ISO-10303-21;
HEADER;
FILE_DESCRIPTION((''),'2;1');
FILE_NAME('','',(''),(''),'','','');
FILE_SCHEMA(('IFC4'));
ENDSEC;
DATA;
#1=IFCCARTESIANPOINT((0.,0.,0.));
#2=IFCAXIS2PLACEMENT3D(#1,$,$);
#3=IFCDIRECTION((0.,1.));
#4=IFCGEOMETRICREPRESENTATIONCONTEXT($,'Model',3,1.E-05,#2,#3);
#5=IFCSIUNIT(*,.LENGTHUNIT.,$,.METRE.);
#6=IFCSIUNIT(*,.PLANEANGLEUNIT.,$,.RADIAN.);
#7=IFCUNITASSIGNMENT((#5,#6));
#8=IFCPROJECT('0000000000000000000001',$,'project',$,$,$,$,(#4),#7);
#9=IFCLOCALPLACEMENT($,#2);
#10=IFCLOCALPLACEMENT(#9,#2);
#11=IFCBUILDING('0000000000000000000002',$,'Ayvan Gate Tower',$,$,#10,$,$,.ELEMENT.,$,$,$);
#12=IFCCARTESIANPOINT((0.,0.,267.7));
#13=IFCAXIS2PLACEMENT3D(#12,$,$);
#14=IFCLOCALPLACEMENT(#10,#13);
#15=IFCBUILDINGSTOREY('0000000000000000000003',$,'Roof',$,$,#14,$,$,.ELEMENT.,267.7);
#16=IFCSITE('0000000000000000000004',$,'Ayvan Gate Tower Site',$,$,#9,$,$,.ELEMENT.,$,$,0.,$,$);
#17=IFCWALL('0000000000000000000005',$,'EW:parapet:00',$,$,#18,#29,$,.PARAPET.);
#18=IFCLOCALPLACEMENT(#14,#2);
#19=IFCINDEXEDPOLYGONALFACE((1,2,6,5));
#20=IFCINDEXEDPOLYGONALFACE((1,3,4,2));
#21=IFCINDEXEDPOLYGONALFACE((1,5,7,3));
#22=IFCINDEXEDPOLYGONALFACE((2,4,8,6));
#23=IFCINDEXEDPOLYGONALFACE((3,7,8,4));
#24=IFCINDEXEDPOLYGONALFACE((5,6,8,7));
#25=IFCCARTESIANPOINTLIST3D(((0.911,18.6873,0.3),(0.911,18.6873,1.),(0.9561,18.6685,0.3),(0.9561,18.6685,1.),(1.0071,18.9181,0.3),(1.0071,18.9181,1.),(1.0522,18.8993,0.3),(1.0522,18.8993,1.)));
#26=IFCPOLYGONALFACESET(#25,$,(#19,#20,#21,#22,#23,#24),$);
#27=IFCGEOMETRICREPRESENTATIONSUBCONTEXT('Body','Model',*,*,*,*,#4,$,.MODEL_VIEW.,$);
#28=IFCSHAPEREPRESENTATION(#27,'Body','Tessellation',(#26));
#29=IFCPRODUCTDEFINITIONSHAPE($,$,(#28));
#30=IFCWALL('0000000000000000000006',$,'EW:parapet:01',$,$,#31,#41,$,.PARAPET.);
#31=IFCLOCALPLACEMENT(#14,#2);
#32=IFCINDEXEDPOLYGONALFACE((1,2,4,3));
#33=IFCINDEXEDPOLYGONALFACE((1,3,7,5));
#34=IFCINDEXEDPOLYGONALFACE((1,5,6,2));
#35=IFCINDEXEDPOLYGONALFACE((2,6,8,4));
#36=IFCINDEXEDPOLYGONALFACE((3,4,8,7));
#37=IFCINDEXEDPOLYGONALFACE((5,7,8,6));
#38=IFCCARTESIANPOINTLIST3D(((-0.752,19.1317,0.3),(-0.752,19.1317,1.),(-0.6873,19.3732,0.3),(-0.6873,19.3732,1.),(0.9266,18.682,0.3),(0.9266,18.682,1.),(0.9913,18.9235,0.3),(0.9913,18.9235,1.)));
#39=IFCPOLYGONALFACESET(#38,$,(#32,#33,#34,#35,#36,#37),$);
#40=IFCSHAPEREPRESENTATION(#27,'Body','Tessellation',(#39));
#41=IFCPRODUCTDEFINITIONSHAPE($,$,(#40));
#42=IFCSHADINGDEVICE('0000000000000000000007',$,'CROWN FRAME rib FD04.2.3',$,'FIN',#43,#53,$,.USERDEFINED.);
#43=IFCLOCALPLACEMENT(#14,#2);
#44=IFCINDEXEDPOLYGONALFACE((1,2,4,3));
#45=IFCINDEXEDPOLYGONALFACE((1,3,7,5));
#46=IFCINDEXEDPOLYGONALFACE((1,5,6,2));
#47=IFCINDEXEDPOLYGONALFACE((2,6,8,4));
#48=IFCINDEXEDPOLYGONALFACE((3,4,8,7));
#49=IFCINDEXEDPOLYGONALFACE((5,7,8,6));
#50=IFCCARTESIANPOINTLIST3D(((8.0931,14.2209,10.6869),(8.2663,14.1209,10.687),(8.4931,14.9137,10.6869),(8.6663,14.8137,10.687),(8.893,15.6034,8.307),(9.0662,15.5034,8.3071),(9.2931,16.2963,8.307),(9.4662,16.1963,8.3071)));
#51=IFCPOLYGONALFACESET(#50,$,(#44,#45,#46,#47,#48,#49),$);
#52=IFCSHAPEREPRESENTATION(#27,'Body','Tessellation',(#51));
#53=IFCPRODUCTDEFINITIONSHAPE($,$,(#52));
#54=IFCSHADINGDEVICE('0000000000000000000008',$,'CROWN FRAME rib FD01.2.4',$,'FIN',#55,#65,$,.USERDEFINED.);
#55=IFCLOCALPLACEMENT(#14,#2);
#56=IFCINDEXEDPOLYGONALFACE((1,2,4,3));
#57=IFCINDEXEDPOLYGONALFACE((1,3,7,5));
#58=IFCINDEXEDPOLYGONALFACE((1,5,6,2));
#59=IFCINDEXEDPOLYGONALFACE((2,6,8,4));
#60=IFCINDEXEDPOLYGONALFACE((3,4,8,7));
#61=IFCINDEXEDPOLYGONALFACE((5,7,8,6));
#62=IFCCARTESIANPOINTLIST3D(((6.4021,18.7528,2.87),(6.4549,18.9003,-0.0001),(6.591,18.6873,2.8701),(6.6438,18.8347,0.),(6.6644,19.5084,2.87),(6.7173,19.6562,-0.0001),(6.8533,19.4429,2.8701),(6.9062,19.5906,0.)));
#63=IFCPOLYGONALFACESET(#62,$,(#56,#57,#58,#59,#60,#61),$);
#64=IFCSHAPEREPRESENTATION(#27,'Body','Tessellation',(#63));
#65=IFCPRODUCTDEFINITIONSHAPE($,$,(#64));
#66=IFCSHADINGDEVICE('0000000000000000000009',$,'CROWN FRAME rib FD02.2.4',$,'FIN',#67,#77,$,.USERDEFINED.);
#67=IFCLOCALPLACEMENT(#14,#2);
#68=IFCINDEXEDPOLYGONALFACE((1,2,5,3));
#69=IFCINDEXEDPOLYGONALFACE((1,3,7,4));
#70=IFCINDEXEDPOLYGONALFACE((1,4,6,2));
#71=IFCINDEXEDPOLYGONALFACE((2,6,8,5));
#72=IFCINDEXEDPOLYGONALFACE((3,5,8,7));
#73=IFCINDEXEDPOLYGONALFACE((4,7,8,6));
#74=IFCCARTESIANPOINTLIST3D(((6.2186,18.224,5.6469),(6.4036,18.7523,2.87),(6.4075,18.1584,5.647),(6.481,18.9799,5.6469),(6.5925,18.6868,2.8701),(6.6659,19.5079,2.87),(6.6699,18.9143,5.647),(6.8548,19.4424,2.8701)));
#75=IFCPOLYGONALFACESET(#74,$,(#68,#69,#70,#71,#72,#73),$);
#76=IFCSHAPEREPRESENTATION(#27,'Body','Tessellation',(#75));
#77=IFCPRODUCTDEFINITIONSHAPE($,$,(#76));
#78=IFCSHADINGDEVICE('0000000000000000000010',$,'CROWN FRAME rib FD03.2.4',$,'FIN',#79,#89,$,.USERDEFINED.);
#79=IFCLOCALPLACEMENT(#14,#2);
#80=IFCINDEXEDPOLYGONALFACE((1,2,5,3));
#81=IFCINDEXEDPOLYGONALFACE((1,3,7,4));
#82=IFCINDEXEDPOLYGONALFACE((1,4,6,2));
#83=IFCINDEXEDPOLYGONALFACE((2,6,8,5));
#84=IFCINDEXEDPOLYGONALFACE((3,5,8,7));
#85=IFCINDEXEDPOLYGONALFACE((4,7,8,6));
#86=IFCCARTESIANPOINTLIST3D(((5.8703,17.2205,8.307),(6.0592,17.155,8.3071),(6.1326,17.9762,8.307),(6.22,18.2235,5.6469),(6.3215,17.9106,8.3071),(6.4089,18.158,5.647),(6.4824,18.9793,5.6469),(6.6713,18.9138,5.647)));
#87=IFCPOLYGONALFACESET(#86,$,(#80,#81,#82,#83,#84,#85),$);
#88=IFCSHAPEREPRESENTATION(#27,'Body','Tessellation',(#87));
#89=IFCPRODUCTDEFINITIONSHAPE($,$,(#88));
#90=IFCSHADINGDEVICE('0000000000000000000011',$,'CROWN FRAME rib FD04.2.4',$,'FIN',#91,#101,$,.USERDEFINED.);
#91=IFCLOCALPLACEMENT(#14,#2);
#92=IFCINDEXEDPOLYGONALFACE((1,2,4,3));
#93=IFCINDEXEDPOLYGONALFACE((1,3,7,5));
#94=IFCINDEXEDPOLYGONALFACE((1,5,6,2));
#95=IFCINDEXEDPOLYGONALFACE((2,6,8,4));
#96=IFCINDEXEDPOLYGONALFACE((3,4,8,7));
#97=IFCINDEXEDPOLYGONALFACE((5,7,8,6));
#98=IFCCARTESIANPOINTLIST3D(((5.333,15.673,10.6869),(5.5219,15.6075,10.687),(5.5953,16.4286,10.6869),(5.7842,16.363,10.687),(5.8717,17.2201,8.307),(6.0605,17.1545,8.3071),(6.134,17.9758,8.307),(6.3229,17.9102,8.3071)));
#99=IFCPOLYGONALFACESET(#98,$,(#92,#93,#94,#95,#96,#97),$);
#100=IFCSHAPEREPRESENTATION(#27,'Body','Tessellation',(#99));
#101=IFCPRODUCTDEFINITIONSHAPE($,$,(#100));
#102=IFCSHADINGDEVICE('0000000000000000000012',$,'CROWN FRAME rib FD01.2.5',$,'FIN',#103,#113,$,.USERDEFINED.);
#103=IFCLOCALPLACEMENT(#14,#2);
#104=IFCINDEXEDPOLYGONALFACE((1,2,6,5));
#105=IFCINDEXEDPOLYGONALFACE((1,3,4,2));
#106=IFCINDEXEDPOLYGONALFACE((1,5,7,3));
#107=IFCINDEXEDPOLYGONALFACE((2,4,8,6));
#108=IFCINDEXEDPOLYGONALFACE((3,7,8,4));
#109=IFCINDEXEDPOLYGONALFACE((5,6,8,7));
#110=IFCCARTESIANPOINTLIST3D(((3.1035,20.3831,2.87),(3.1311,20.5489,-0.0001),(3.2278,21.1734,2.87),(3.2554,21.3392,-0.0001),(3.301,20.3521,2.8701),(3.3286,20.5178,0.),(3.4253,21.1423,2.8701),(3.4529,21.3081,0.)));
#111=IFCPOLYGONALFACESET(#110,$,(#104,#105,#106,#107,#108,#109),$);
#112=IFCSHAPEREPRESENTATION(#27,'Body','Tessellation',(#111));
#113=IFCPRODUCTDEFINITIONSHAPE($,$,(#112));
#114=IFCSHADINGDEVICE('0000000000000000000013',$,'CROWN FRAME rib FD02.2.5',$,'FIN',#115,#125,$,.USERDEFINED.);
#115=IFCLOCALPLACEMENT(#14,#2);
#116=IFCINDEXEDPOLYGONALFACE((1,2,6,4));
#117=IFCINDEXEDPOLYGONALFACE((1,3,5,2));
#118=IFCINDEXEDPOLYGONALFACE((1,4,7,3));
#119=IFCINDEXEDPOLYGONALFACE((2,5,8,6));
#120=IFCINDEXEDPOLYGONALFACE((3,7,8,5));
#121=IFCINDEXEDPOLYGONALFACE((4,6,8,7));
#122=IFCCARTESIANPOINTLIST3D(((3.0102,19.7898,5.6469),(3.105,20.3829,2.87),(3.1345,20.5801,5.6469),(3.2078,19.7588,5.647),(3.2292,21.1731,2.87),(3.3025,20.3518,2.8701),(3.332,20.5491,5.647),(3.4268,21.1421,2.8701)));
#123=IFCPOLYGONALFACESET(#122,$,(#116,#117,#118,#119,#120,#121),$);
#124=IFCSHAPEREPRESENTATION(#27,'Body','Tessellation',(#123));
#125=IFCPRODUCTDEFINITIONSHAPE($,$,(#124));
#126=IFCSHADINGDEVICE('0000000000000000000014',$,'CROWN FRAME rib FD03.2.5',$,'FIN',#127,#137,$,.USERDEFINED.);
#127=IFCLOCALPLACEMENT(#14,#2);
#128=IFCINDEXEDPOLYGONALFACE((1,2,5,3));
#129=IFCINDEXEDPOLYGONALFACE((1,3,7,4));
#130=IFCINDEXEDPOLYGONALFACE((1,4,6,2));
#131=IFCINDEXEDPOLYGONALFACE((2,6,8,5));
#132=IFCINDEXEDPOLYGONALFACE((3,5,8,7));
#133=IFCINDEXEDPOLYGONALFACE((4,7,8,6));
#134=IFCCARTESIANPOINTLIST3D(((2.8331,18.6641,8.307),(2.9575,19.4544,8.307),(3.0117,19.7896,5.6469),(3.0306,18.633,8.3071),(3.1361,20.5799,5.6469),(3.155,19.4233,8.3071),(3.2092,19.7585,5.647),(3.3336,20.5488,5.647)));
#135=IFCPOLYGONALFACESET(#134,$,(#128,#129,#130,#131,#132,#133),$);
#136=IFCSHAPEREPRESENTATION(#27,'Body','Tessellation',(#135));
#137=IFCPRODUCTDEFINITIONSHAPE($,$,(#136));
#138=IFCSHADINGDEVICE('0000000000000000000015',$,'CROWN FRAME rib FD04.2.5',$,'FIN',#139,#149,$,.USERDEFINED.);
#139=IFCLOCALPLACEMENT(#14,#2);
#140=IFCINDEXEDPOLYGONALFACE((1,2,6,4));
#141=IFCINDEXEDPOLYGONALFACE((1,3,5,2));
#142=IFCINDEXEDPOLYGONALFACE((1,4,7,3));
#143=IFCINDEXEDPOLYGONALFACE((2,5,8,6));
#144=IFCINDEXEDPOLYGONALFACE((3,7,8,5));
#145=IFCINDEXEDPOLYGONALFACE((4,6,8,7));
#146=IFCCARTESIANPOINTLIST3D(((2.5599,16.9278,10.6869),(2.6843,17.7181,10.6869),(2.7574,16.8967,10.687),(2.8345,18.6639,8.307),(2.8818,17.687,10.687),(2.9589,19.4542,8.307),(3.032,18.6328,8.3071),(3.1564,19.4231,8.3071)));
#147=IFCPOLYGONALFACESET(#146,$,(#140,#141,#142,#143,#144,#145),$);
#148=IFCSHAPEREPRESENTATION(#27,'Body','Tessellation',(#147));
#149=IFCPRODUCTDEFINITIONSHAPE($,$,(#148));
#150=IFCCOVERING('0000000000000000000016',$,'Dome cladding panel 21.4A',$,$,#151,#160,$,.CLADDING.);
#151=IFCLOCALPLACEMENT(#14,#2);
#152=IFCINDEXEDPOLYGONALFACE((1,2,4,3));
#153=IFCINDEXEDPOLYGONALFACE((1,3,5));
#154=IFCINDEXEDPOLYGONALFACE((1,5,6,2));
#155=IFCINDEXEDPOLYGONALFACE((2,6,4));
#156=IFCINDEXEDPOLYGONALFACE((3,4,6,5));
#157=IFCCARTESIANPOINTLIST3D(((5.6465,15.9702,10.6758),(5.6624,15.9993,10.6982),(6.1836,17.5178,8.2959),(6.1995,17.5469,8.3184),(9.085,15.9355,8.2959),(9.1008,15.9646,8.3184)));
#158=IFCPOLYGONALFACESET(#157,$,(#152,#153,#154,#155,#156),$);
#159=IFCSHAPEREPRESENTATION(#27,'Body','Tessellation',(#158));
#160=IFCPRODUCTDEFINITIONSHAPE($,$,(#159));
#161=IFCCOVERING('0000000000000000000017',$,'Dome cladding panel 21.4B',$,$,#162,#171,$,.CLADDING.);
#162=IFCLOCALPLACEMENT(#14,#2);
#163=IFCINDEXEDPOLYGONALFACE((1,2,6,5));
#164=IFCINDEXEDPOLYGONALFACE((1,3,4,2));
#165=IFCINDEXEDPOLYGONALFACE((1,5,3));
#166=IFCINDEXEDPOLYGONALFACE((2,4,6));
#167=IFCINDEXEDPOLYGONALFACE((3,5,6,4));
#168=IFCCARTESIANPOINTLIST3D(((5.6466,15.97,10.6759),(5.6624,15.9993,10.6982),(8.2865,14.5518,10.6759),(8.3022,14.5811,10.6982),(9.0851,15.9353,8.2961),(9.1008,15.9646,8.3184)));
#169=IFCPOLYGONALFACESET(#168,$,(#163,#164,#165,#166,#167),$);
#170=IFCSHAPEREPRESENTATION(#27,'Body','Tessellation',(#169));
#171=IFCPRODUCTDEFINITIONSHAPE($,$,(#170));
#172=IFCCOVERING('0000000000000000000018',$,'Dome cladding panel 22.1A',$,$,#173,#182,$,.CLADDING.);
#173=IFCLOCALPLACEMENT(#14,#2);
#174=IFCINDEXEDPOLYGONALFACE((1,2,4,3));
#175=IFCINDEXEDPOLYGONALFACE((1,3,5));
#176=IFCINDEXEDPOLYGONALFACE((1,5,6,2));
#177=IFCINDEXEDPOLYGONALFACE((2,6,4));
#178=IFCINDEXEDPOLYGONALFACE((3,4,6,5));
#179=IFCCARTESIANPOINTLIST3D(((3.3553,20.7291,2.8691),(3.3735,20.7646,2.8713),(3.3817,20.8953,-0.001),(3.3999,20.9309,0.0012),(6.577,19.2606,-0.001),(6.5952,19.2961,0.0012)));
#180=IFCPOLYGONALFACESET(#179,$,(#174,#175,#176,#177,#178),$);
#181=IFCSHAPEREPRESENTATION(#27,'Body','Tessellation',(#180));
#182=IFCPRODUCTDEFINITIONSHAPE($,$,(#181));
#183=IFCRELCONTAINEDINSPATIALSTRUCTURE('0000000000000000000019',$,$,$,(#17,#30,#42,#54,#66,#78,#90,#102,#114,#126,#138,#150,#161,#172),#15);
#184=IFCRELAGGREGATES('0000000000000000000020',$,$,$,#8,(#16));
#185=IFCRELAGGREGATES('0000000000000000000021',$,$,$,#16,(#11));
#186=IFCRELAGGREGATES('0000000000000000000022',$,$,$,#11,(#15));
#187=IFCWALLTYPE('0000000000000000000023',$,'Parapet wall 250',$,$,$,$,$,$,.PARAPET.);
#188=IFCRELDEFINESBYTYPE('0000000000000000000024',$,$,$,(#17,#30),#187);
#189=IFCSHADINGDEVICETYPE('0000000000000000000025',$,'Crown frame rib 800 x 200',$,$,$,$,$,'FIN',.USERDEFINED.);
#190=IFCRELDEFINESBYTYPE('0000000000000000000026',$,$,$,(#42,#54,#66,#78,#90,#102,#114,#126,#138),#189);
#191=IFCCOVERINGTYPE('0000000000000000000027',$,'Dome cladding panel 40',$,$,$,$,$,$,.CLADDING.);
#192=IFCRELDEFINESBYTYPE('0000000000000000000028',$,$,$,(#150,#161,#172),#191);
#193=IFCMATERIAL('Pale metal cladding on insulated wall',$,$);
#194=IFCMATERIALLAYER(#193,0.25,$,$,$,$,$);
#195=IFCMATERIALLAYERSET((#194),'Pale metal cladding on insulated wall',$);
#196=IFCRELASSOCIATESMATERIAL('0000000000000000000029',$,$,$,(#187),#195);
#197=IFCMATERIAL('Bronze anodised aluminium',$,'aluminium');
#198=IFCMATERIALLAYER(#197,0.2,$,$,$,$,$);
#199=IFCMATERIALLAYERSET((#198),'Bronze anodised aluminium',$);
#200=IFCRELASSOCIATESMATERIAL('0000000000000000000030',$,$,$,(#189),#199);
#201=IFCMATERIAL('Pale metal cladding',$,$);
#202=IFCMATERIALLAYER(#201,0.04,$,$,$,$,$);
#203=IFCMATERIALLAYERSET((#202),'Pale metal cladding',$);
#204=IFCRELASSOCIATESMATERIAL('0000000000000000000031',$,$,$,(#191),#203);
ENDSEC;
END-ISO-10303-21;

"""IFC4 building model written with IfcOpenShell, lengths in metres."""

from ifc_helpers import new_model, si_unit, direction, frame, frame_2d, origin, place, context, subcontext, project, spatial, polyline, rectangle, outline, extrude, material, layer, layer_set, type_object, element, save


model = new_model("IFC4")

# Units and contexts
model_context = context("Model", 3, precision=1e-05, world=origin(), true_north=direction((0.0, 1.0)))
body_context = subcontext(model_context, "Body", "Model", "MODEL_VIEW")
ifc_project = project(units=[si_unit("LENGTHUNIT", "METRE"), si_unit("PLANEANGLEUNIT", "RADIAN")], contexts=[model_context])

# Site, building, storey
site_placement = place(None, origin())
site = spatial("IfcSite", under=ifc_project, at=site_placement, Name="Ayvan Gate Tower Site", CompositionType="ELEMENT", RefElevation=0.0)
building_placement = place(site_placement, origin())
building = spatial("IfcBuilding", under=site, at=building_placement, Name="Ayvan Gate Tower", CompositionType="ELEMENT")
storey_placement = place(building_placement, frame((0.0, 0.0, 267.7)))
storey = spatial("IfcBuildingStorey", under=building, at=storey_placement, Name="Roof", CompositionType="ELEMENT", Elevation=267.7)

# Walls
ifc_material_1 = material(Name="Pale metal cladding on insulated wall")
ifc_layer_1 = layer(ifc_material_1, 0.25)
ifc_layer_set_1 = layer_set([ifc_layer_1], Name="Pale metal cladding on insulated wall")
wall_type = type_object("IfcWallType", Name="Parapet wall 250", PredefinedType="PARAPET", material=ifc_layer_set_1)
wall_1_placement = place(storey_placement, frame((1.0042, 18.7839, 0.3), z_axis=(0.0, 0.0, 1.0), x_axis=(-0.923225, 0.384261, 0.0)))
element("IfcWall", 1, at=wall_1_placement, inside=storey, type_object=wall_type, Name="EW:parapet:00", PredefinedType="PARAPET", context=body_context, shape_type="SweptSolid", body=[
    extrude(rectangle(XDim=0.0488, YDim=0.25, at=frame_2d((0.0244, 0.0))), origin(), (0.0, 0.0, 1.0), 0.7),
])
wall_2_placement = place(storey_placement, frame((0.959, 18.8027, 0.3), z_axis=(0.0, 0.0, 1.0), x_axis=(-0.965941, 0.258764, 0.0)))
element("IfcWall", 2, at=wall_2_placement, inside=storey, type_object=wall_type, Name="EW:parapet:01", PredefinedType="PARAPET", context=body_context, shape_type="SweptSolid", body=[
    extrude(rectangle(XDim=1.7378, YDim=0.25, at=frame_2d((0.8689, 0.0))), origin(), (0.0, 0.0, 1.0), 0.7),
])

# Shading devices
ifc_material_2 = material(Name="Bronze anodised aluminium", Category="aluminium")
ifc_layer_2 = layer(ifc_material_2, 0.2)
ifc_layer_set_2 = layer_set([ifc_layer_2], Name="Bronze anodised aluminium")
shading_device_type = type_object("IfcShadingDeviceType", Name="Crown frame rib 800 x 200", ElementType="FIN", PredefinedType="USERDEFINED", material=ifc_layer_set_2)
shading_device_1_placement = place(storey_placement, frame((9.0662, 15.5034, 8.3071), z_axis=(0.866028, -0.499995, 0.000622), x_axis=(0.499995, 0.866028, 0.0)))
element("IfcShadingDevice", 3, at=shading_device_1_placement, inside=storey, type_object=shading_device_type, Name="CROWN FRAME rib FD04.2.3", ObjectType="FIN", PredefinedType="USERDEFINED", context=body_context, shape_type="SweptSolid", body=[
    extrude(outline(polyline([(0.0, 0.0), (0.8001, 0.0), (-0.7972, 2.3799), (-1.5972, 2.3799), (0.0, 0.0)])), origin(), (0.0, 0.0, -1.0), 0.2),
])
shading_device_2_placement = place(storey_placement, frame((6.6438, 18.8347, 0.0), z_axis=(0.944704, -0.327923, 0.000536), x_axis=(0.327923, 0.944705, 0.0)))
element("IfcShadingDevice", 4, at=shading_device_2_placement, inside=storey, type_object=shading_device_type, Name="CROWN FRAME rib FD01.2.4", ObjectType="FIN", PredefinedType="USERDEFINED", context=body_context, shape_type="SweptSolid", body=[
    extrude(outline(polyline([(0.0, 0.0), (0.8001, 0.0), (0.6432, 2.8701), (-0.1566, 2.8701), (0.0, 0.0)])), origin(), (0.0, 0.0, -1.0), 0.2),
])
shading_device_3_placement = place(storey_placement, frame((6.5925, 18.6868, 2.8701), z_axis=(0.944704, -0.327923, 0.000541), x_axis=(0.327923, 0.944705, 0.0)))
element("IfcShadingDevice", 5, at=shading_device_3_placement, inside=storey, type_object=shading_device_type, Name="CROWN FRAME rib FD02.2.4", ObjectType="FIN", PredefinedType="USERDEFINED", context=body_context, shape_type="SweptSolid", body=[
    extrude(outline(polyline([(0.0, 0.0), (0.7998, 0.0), (0.2403, 2.7769), (-0.5598, 2.7769), (0.0, 0.0)])), origin(), (0.0, 0.0, -1.0), 0.2),
])
shading_device_4_placement = place(storey_placement, frame((6.4089, 18.158, 5.647), z_axis=(0.944704, -0.327923, 0.000552), x_axis=(0.327923, 0.944705, 0.0)))
element("IfcShadingDevice", 6, at=shading_device_4_placement, inside=storey, type_object=shading_device_type, Name="CROWN FRAME rib FD03.2.4", ObjectType="FIN", PredefinedType="USERDEFINED", context=body_context, shape_type="SweptSolid", body=[
    extrude(outline(polyline([(0.0, 0.0), (0.8, 0.0), (-0.2623, 2.6602), (-1.0622, 2.6602), (0.0, 0.0)])), origin(), (0.0, 0.0, -1.0), 0.2),
])
shading_device_5_placement = place(storey_placement, frame((6.0605, 17.1545, 8.3071), z_axis=(0.944688, -0.32797, 0.000627), x_axis=(0.32797, 0.944688, 0.0)))
element("IfcShadingDevice", 7, at=shading_device_5_placement, inside=storey, type_object=shading_device_type, Name="CROWN FRAME rib FD04.2.4", ObjectType="FIN", PredefinedType="USERDEFINED", context=body_context, shape_type="SweptSolid", body=[
    extrude(outline(polyline([(0.0, 0.0), (0.7999, 0.0), (-0.8384, 2.3799), (-1.6382, 2.3799), (0.0, 0.0)])), origin(), (0.0, 0.0, -1.0), 0.2),
])
shading_device_6_placement = place(storey_placement, frame((3.3286, 20.5178, 0.0), z_axis=(0.987862, -0.155336, 0.000524), x_axis=(0.155336, 0.987862, 0.0)))
element("IfcShadingDevice", 8, at=shading_device_6_placement, inside=storey, type_object=shading_device_type, Name="CROWN FRAME rib FD01.2.5", ObjectType="FIN", PredefinedType="USERDEFINED", context=body_context, shape_type="SweptSolid", body=[
    extrude(outline(polyline([(0.0, 0.0), (0.8, 0.0), (0.6319, 2.8701), (-0.168, 2.8701), (0.0, 0.0)])), origin(), (0.0, 0.0, -1.0), 0.2),
])
shading_device_7_placement = place(storey_placement, frame((3.3025, 20.3518, 2.8701), z_axis=(0.987862, -0.155336, 0.000526), x_axis=(0.155336, 0.987862, 0.0)))
element("IfcShadingDevice", 9, at=shading_device_7_placement, inside=storey, type_object=shading_device_type, Name="CROWN FRAME rib FD02.2.5", ObjectType="FIN", PredefinedType="USERDEFINED", context=body_context, shape_type="SweptSolid", body=[
    extrude(outline(polyline([(0.0, 0.0), (0.8, 0.0), (0.1995, 2.7769), (-0.6005, 2.7769), (0.0, 0.0)])), origin(), (0.0, 0.0, -1.0), 0.2),
])
shading_device_8_placement = place(storey_placement, frame((3.2092, 19.7585, 5.647), z_axis=(0.987838, -0.155485, 0.000534), x_axis=(0.155485, 0.987838, 0.0)))
element("IfcShadingDevice", 10, at=shading_device_8_placement, inside=storey, type_object=shading_device_type, Name="CROWN FRAME rib FD03.2.5", ObjectType="FIN", PredefinedType="USERDEFINED", context=body_context, shape_type="SweptSolid", body=[
    extrude(outline(polyline([(0.0, 0.0), (0.8, 0.0), (-0.3396, 2.6602), (-1.1396, 2.6602), (0.0, 0.0)])), origin(), (0.0, 0.0, -1.0), 0.2),
])
shading_device_9_placement = place(storey_placement, frame((3.032, 18.6328, 8.3071), z_axis=(0.987838, -0.155485, 0.000531), x_axis=(0.155485, 0.987838, 0.0)))
element("IfcShadingDevice", 11, at=shading_device_9_placement, inside=storey, type_object=shading_device_type, Name="CROWN FRAME rib FD04.2.5", ObjectType="FIN", PredefinedType="USERDEFINED", context=body_context, shape_type="SweptSolid", body=[
    extrude(outline(polyline([(0.0, 0.0), (0.8, 0.0), (-0.9576, 2.3799), (-1.7576, 2.3799), (0.0, 0.0)])), origin(), (0.0, 0.0, -1.0), 0.2),
])

# Coverings
ifc_material_3 = material(Name="Pale metal cladding")
ifc_layer_3 = layer(ifc_material_3, 0.04)
ifc_layer_set_3 = layer_set([ifc_layer_3], Name="Pale metal cladding")
covering_type = type_object("IfcCoveringType", Name="Dome cladding panel 40", PredefinedType="CLADDING", material=ifc_layer_set_3)
covering_1_placement = place(storey_placement, frame((9.1008, 15.9646, 8.3184), z_axis=(0.396111, 0.726335, 0.561724), x_axis=(-0.877932, 0.478785, 0.0)))
element("IfcCovering", 12, at=covering_1_placement, inside=storey, type_object=covering_type, Name="Dome cladding panel 21.4A", PredefinedType="CLADDING", context=body_context, shape_type="SweptSolid", body=[
    extrude(outline(polyline([(0.0, 0.0), (3.3048, 0.0), (3.0353, 2.8766), (0.0, 0.0)])), origin(), (0.0, 0.0, -1.0), 0.04),
])
covering_2_placement = place(storey_placement, frame((9.1008, 15.9646, 8.3184), z_axis=(0.392996, 0.731532, 0.557149), x_axis=(-0.822231, 0.00829, 0.569093)))
element("IfcCovering", 13, at=covering_2_placement, inside=storey, type_object=covering_type, Name="Dome cladding panel 21.4B", PredefinedType="CLADDING", context=body_context, shape_type="SweptSolid", body=[
    extrude(outline(polyline([(0.0, 0.0), (4.1819, 0.0), (1.9995, 2.0537), (0.0, 0.0)])), origin(), (0.0, 0.0, -1.0), 0.04),
])
covering_3_placement = place(storey_placement, frame((6.5952, 19.2961, 0.0012), z_axis=(0.454759, 0.888873, 0.055668), x_axis=(-0.890253, 0.455466, 0.0)))
element("IfcCovering", 14, at=covering_3_placement, inside=storey, type_object=covering_type, Name="Dome cladding panel 22.1A", PredefinedType="CLADDING", context=body_context, shape_type="SweptSolid", body=[
    extrude(outline(polyline([(0.0, 0.0), (3.5892, 0.0), (3.537, 2.8746), (0.0, 0.0)])), origin(), (0.0, 0.0, -1.0), 0.04),
])

save(model, "model.ifc")
